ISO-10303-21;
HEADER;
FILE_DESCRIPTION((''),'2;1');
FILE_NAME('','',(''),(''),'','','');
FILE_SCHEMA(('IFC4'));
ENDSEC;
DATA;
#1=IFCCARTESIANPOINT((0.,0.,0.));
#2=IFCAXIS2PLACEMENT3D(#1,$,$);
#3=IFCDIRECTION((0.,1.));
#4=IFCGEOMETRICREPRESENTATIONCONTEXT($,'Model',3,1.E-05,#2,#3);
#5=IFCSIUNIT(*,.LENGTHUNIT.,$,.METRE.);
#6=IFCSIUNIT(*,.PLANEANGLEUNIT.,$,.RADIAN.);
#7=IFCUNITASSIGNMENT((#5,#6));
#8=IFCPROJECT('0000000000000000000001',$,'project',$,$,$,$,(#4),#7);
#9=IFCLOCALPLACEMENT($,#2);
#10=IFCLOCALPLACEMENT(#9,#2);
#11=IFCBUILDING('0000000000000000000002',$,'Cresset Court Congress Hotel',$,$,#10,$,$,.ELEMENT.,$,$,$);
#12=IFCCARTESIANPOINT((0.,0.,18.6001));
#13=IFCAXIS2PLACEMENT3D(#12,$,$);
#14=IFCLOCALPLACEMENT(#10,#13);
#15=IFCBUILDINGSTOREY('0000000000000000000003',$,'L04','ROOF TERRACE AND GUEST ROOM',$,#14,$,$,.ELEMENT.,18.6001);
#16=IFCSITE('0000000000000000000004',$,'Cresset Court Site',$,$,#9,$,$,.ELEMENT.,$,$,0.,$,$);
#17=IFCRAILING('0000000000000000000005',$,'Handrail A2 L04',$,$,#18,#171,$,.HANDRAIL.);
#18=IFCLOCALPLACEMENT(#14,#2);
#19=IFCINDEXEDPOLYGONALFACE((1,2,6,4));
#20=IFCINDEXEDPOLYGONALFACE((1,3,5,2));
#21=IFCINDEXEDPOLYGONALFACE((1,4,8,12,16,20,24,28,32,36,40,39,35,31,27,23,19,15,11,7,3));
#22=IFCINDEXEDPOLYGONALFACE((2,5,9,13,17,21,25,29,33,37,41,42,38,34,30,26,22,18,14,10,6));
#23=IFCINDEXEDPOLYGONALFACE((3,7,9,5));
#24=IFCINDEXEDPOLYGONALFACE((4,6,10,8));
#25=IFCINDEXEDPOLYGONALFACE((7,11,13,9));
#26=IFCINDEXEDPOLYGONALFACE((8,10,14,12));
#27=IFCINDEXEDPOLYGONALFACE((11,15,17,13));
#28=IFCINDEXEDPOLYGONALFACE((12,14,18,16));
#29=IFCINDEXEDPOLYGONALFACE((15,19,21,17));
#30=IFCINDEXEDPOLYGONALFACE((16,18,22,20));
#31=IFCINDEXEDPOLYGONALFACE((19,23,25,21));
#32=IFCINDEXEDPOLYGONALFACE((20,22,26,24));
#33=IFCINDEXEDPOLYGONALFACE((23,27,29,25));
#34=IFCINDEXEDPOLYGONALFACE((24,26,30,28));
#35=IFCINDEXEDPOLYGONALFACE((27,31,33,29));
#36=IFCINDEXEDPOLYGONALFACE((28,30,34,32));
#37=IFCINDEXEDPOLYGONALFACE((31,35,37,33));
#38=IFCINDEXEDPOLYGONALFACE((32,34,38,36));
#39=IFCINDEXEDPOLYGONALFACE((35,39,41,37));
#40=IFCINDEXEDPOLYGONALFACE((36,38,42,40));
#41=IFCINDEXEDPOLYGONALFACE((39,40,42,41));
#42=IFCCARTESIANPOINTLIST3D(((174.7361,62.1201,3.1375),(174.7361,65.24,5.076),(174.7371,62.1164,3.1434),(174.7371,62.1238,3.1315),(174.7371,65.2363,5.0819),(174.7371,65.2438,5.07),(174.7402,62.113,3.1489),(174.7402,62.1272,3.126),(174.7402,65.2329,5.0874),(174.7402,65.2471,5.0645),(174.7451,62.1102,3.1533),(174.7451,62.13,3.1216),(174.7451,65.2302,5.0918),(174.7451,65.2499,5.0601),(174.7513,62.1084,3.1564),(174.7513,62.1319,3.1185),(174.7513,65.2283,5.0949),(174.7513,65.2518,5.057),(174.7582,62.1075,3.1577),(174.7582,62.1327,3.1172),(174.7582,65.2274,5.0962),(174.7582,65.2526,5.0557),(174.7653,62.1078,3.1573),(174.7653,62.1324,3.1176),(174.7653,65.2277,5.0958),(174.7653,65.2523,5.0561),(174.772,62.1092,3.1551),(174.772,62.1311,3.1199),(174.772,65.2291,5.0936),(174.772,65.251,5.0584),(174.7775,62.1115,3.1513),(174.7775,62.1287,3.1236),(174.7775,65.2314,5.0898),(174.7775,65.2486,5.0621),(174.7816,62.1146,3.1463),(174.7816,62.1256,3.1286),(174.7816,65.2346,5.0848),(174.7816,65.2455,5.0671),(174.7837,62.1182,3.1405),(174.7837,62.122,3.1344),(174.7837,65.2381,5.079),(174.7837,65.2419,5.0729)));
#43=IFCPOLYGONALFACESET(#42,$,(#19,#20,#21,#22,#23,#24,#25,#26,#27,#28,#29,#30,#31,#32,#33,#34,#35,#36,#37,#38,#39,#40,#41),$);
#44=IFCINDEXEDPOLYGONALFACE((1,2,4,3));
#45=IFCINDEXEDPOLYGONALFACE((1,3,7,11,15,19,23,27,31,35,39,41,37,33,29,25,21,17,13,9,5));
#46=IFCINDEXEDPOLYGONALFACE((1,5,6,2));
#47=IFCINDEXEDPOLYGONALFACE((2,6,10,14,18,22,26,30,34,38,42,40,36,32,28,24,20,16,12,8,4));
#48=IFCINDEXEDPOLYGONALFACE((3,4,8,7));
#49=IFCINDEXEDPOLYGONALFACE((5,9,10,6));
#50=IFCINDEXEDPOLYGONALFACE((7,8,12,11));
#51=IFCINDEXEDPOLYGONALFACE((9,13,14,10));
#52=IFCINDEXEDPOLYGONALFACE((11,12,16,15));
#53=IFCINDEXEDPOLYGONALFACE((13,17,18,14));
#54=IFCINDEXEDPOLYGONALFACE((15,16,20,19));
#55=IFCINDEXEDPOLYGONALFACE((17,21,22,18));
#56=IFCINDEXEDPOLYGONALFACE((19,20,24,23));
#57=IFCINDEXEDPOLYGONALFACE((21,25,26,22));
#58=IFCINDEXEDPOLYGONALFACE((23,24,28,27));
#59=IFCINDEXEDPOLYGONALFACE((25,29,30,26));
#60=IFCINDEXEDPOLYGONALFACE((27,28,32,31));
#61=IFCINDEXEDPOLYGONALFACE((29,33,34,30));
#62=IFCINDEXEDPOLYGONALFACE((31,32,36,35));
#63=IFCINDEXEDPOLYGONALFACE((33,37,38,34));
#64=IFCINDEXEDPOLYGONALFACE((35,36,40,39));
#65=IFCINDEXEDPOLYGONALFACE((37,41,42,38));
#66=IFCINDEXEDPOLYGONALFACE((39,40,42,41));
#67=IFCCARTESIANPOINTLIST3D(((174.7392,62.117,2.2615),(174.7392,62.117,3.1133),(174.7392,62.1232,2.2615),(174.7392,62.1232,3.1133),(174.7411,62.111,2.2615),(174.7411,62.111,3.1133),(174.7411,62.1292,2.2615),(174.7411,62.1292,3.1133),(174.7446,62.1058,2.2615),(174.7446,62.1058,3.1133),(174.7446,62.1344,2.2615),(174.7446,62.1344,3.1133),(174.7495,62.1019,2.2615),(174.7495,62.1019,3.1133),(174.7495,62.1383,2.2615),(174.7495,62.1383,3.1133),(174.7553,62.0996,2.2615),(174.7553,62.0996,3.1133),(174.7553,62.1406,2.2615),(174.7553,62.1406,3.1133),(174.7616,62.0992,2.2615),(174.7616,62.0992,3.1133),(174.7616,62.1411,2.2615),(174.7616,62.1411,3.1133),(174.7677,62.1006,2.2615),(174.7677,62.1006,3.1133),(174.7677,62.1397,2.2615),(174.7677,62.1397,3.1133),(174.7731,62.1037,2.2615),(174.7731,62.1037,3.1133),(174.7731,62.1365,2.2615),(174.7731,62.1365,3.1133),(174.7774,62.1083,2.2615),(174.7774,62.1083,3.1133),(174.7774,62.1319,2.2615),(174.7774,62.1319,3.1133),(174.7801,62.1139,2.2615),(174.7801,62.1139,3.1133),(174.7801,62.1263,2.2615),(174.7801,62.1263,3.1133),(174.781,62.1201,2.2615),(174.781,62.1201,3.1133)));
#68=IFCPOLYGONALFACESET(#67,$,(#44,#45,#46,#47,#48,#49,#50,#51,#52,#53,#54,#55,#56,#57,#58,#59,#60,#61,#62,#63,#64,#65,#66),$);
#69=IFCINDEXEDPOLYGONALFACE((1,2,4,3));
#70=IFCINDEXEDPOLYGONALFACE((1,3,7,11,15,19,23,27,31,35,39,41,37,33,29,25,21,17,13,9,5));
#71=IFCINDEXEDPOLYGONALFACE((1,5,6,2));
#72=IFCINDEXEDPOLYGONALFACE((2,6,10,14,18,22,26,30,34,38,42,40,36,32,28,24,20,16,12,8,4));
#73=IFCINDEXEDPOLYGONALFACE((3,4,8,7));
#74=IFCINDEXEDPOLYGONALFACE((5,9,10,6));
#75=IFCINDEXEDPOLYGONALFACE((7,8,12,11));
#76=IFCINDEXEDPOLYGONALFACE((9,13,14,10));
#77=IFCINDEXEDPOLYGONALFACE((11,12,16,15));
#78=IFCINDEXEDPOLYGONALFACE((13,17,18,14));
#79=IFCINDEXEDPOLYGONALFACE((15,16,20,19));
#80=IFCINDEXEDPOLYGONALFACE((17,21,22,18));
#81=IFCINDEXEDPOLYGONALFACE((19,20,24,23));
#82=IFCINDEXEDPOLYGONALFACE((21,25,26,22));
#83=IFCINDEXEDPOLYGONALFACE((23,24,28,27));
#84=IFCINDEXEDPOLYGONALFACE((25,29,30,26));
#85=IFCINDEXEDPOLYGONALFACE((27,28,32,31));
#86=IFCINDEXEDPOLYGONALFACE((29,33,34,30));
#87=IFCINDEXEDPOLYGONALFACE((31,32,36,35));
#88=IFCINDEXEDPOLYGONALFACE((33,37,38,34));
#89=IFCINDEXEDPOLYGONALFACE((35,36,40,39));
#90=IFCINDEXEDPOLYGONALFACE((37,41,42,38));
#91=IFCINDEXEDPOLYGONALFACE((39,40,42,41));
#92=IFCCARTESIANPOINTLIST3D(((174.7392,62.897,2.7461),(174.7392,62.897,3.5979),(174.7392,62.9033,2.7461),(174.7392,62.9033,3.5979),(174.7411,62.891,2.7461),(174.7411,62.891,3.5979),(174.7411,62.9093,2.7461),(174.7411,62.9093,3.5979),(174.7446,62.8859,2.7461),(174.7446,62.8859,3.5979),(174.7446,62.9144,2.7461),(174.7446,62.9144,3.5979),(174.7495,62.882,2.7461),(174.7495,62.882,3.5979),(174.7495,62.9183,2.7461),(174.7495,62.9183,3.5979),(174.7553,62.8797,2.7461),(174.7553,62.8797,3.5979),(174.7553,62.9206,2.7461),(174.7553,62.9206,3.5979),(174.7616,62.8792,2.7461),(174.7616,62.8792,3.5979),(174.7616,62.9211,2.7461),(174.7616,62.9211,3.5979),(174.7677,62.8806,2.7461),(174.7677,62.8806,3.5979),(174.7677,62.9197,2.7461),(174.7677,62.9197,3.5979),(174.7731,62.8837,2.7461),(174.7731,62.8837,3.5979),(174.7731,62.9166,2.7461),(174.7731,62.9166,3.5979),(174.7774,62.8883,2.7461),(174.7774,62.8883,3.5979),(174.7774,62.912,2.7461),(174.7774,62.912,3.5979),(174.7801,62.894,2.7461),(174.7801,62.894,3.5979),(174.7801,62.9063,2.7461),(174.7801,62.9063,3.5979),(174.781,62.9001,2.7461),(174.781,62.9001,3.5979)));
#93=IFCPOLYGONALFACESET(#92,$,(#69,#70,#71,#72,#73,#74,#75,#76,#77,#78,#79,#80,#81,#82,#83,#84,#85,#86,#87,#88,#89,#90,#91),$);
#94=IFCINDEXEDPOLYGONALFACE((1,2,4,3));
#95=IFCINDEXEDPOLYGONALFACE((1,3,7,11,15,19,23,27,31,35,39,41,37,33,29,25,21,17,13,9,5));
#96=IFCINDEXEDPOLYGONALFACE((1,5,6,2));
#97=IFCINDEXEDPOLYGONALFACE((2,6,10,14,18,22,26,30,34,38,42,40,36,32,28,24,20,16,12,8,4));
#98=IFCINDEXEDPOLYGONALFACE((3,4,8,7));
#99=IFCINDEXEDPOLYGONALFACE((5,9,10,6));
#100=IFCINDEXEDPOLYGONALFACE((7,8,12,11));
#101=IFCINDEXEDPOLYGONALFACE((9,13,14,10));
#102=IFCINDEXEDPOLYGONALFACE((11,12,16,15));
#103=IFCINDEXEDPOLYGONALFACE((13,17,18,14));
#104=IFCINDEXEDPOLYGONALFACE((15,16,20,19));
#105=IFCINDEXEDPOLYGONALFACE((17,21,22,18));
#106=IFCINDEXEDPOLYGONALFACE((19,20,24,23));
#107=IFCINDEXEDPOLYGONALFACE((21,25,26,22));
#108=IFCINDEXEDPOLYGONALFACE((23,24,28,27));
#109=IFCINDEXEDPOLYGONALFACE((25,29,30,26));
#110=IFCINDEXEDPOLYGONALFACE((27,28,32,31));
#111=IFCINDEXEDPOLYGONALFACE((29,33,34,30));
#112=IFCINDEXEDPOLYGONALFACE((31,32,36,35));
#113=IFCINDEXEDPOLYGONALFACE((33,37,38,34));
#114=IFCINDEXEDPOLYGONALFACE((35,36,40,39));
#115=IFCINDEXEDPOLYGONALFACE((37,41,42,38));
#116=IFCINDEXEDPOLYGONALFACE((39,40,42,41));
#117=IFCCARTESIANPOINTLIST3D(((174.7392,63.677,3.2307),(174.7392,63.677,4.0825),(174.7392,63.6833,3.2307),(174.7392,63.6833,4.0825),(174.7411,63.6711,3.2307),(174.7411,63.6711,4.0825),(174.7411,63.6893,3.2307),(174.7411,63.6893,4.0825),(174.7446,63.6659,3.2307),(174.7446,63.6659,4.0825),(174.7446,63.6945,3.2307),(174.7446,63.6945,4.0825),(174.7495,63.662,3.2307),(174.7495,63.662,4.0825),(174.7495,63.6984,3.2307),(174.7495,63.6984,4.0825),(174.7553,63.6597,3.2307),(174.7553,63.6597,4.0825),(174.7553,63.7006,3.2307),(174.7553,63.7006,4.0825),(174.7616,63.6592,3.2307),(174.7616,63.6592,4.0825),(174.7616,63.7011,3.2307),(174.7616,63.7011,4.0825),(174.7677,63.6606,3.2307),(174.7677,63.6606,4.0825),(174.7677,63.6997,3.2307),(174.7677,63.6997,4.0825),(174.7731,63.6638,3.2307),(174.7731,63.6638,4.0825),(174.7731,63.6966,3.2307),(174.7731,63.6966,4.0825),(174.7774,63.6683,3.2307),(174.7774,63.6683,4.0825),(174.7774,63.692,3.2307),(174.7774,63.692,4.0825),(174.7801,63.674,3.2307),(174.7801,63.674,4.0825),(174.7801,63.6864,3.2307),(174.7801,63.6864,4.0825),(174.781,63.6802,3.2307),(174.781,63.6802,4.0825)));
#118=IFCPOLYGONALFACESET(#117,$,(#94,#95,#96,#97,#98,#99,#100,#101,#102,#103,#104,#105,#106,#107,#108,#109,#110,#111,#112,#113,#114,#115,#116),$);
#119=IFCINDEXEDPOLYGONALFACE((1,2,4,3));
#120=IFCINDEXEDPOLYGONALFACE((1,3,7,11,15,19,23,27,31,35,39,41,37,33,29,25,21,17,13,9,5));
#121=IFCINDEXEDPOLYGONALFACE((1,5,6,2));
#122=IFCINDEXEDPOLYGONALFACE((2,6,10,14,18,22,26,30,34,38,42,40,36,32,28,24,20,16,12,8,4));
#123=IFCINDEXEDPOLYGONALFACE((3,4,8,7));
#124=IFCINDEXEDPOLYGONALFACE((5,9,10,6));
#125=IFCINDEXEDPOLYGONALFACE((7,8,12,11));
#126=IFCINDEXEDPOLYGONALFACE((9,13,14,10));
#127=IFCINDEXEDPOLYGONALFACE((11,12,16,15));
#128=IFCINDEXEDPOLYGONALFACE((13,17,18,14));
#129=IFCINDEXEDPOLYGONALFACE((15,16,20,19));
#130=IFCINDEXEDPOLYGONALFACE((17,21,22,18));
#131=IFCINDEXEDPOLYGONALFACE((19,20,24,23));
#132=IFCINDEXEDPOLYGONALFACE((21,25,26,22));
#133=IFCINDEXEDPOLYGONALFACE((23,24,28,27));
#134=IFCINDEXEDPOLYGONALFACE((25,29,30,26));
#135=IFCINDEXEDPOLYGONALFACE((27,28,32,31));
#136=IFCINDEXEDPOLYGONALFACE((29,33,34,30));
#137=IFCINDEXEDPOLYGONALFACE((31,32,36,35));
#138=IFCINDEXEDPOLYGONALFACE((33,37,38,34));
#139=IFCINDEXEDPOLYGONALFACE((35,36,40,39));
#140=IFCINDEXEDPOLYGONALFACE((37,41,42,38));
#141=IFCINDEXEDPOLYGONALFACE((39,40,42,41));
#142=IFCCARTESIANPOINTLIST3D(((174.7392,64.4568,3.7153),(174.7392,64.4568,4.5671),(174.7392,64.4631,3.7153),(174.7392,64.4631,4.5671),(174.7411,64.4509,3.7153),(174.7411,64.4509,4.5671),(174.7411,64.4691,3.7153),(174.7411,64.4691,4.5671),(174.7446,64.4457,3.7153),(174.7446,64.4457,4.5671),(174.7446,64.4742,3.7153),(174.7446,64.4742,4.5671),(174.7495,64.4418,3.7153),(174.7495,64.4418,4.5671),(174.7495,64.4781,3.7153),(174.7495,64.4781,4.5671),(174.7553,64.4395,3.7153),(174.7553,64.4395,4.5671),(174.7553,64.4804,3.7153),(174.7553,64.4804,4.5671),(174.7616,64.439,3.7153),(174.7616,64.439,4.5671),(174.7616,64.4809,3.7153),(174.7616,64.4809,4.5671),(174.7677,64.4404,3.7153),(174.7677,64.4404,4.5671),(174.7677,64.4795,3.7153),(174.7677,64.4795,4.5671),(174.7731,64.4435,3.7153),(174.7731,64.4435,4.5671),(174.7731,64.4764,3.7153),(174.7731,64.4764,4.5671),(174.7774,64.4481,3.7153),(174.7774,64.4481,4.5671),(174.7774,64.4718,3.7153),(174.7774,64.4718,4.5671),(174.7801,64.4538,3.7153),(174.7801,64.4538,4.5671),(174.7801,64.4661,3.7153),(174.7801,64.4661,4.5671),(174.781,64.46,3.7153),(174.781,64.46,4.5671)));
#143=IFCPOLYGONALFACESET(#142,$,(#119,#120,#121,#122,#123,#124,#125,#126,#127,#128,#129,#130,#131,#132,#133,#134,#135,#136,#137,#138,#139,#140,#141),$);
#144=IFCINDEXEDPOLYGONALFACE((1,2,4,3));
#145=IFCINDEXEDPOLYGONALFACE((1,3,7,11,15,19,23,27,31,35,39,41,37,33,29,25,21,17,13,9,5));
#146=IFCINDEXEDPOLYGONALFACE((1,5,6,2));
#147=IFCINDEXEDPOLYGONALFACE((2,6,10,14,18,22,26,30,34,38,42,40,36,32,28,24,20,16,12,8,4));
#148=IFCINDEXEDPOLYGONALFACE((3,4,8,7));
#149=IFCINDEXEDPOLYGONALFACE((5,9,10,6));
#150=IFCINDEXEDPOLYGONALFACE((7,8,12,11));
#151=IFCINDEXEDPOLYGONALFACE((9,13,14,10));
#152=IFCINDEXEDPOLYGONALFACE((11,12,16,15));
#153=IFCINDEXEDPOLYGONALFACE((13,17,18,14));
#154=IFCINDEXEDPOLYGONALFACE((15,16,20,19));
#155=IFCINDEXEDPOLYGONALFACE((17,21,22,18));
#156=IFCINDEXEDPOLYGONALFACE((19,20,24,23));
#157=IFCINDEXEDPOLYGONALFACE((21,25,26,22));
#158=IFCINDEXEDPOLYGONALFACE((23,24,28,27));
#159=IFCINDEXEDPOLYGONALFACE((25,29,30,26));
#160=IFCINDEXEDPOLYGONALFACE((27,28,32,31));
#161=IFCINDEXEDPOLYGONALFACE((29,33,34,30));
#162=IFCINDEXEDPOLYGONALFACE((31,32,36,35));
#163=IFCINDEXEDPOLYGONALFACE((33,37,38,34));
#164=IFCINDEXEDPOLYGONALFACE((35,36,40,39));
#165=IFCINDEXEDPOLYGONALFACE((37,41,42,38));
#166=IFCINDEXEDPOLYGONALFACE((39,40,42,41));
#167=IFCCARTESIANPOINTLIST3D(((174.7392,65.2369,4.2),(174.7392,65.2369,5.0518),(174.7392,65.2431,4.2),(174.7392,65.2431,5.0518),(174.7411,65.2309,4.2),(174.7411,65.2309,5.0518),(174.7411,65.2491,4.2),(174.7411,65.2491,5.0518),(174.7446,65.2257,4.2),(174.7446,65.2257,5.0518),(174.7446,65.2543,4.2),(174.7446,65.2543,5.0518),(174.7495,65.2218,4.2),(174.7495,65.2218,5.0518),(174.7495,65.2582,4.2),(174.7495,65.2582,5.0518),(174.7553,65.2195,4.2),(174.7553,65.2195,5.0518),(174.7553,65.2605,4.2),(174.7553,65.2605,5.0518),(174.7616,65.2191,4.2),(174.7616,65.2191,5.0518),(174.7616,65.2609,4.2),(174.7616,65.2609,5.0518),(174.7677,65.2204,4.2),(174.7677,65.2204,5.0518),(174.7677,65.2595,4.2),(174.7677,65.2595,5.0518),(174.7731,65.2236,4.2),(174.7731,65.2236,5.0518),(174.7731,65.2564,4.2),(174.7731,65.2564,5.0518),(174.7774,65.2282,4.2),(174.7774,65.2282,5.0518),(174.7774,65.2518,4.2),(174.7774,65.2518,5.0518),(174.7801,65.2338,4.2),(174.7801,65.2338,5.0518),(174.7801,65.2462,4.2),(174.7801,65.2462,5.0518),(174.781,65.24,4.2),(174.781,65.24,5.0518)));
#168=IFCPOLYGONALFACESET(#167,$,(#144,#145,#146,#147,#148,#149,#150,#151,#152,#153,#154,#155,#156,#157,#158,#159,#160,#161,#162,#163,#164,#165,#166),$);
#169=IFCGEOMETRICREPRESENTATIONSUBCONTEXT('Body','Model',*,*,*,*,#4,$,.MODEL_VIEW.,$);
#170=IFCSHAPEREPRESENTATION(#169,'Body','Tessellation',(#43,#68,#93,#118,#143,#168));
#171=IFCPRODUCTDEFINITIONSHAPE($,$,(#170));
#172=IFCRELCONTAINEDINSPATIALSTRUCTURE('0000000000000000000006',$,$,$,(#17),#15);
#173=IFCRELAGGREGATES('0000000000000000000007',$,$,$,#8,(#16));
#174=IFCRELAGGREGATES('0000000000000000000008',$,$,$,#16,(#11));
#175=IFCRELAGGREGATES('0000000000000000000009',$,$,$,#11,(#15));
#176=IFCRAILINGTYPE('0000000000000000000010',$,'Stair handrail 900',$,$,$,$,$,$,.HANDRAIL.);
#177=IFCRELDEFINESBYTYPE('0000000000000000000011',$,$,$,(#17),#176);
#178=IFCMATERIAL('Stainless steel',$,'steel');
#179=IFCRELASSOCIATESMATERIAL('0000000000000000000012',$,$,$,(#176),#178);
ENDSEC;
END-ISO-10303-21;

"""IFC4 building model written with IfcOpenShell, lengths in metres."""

from ifc_helpers import new_model, si_unit, direction, frame, origin, origin_2d, place, context, subcontext, project, spatial, circle, extrude, material, type_object, element, save


model = new_model("IFC4")

# Units and contexts
model_context = context("Model", 3, precision=1e-05, world=origin(), true_north=direction((0.0, 1.0)))
body_context = subcontext(model_context, "Body", "Model", "MODEL_VIEW")
ifc_project = project(units=[si_unit("LENGTHUNIT", "METRE"), si_unit("PLANEANGLEUNIT", "RADIAN")], contexts=[model_context])

# Site, building, storey
site_placement = place(None, origin())
site = spatial("IfcSite", under=ifc_project, at=site_placement, Name="Cresset Court Site", CompositionType="ELEMENT", RefElevation=0.0)
building_placement = place(site_placement, origin())
building = spatial("IfcBuilding", under=site, at=building_placement, Name="Cresset Court Congress Hotel", CompositionType="ELEMENT")
storey_placement = place(building_placement, frame((0.0, 0.0, 18.6001)))
storey = spatial("IfcBuildingStorey", under=building, at=storey_placement, Name="L04", Description="ROOF TERRACE AND GUEST ROOM", CompositionType="ELEMENT", Elevation=18.6001)

# Railing
ifc_material_1 = material(Name="Stainless steel", Category="steel")
railing_type_1 = type_object("IfcRailingType", Name="Stair handrail 900", PredefinedType="HANDRAIL", material=ifc_material_1)
for number, where, name in (
    (1, (174.76, 62.1201, 2.2615), "Handrail A2 L04"),
):
    element("IfcRailing", number, at=place(storey_placement, frame(where)), inside=storey, type_object=railing_type_1, Name=name, PredefinedType="HANDRAIL", context=body_context, shape_type="SweptSolid", body=[
        extrude(circle(Radius=0.0239, at=origin_2d()), frame((0.0, 0.0, 0.876), z_axis=(0.0, 0.849396, 0.527757), x_axis=(-1.0, 0.0, 0.0)), (0.0, 0.0, 1.0), 3.6731),
        extrude(circle(Radius=0.021, at=origin_2d()), origin(), (0.0, 0.0, 1.0), 0.8518),
        extrude(circle(Radius=0.021, at=origin_2d()), frame((0.0, 0.78, 0.4846)), (0.0, 0.0, 1.0), 0.8518),
        extrude(circle(Radius=0.021, at=origin_2d()), frame((0.0, 1.5601, 0.9692)), (0.0, 0.0, 1.0), 0.8518),
        extrude(circle(Radius=0.021, at=origin_2d()), frame((0.0, 2.3398, 1.4539)), (0.0, 0.0, 1.0), 0.8518),
        extrude(circle(Radius=0.021, at=origin_2d()), frame((0.0, 3.1199, 1.9385)), (0.0, 0.0, 1.0), 0.8518),
    ])

save(model, "model.ifc")
